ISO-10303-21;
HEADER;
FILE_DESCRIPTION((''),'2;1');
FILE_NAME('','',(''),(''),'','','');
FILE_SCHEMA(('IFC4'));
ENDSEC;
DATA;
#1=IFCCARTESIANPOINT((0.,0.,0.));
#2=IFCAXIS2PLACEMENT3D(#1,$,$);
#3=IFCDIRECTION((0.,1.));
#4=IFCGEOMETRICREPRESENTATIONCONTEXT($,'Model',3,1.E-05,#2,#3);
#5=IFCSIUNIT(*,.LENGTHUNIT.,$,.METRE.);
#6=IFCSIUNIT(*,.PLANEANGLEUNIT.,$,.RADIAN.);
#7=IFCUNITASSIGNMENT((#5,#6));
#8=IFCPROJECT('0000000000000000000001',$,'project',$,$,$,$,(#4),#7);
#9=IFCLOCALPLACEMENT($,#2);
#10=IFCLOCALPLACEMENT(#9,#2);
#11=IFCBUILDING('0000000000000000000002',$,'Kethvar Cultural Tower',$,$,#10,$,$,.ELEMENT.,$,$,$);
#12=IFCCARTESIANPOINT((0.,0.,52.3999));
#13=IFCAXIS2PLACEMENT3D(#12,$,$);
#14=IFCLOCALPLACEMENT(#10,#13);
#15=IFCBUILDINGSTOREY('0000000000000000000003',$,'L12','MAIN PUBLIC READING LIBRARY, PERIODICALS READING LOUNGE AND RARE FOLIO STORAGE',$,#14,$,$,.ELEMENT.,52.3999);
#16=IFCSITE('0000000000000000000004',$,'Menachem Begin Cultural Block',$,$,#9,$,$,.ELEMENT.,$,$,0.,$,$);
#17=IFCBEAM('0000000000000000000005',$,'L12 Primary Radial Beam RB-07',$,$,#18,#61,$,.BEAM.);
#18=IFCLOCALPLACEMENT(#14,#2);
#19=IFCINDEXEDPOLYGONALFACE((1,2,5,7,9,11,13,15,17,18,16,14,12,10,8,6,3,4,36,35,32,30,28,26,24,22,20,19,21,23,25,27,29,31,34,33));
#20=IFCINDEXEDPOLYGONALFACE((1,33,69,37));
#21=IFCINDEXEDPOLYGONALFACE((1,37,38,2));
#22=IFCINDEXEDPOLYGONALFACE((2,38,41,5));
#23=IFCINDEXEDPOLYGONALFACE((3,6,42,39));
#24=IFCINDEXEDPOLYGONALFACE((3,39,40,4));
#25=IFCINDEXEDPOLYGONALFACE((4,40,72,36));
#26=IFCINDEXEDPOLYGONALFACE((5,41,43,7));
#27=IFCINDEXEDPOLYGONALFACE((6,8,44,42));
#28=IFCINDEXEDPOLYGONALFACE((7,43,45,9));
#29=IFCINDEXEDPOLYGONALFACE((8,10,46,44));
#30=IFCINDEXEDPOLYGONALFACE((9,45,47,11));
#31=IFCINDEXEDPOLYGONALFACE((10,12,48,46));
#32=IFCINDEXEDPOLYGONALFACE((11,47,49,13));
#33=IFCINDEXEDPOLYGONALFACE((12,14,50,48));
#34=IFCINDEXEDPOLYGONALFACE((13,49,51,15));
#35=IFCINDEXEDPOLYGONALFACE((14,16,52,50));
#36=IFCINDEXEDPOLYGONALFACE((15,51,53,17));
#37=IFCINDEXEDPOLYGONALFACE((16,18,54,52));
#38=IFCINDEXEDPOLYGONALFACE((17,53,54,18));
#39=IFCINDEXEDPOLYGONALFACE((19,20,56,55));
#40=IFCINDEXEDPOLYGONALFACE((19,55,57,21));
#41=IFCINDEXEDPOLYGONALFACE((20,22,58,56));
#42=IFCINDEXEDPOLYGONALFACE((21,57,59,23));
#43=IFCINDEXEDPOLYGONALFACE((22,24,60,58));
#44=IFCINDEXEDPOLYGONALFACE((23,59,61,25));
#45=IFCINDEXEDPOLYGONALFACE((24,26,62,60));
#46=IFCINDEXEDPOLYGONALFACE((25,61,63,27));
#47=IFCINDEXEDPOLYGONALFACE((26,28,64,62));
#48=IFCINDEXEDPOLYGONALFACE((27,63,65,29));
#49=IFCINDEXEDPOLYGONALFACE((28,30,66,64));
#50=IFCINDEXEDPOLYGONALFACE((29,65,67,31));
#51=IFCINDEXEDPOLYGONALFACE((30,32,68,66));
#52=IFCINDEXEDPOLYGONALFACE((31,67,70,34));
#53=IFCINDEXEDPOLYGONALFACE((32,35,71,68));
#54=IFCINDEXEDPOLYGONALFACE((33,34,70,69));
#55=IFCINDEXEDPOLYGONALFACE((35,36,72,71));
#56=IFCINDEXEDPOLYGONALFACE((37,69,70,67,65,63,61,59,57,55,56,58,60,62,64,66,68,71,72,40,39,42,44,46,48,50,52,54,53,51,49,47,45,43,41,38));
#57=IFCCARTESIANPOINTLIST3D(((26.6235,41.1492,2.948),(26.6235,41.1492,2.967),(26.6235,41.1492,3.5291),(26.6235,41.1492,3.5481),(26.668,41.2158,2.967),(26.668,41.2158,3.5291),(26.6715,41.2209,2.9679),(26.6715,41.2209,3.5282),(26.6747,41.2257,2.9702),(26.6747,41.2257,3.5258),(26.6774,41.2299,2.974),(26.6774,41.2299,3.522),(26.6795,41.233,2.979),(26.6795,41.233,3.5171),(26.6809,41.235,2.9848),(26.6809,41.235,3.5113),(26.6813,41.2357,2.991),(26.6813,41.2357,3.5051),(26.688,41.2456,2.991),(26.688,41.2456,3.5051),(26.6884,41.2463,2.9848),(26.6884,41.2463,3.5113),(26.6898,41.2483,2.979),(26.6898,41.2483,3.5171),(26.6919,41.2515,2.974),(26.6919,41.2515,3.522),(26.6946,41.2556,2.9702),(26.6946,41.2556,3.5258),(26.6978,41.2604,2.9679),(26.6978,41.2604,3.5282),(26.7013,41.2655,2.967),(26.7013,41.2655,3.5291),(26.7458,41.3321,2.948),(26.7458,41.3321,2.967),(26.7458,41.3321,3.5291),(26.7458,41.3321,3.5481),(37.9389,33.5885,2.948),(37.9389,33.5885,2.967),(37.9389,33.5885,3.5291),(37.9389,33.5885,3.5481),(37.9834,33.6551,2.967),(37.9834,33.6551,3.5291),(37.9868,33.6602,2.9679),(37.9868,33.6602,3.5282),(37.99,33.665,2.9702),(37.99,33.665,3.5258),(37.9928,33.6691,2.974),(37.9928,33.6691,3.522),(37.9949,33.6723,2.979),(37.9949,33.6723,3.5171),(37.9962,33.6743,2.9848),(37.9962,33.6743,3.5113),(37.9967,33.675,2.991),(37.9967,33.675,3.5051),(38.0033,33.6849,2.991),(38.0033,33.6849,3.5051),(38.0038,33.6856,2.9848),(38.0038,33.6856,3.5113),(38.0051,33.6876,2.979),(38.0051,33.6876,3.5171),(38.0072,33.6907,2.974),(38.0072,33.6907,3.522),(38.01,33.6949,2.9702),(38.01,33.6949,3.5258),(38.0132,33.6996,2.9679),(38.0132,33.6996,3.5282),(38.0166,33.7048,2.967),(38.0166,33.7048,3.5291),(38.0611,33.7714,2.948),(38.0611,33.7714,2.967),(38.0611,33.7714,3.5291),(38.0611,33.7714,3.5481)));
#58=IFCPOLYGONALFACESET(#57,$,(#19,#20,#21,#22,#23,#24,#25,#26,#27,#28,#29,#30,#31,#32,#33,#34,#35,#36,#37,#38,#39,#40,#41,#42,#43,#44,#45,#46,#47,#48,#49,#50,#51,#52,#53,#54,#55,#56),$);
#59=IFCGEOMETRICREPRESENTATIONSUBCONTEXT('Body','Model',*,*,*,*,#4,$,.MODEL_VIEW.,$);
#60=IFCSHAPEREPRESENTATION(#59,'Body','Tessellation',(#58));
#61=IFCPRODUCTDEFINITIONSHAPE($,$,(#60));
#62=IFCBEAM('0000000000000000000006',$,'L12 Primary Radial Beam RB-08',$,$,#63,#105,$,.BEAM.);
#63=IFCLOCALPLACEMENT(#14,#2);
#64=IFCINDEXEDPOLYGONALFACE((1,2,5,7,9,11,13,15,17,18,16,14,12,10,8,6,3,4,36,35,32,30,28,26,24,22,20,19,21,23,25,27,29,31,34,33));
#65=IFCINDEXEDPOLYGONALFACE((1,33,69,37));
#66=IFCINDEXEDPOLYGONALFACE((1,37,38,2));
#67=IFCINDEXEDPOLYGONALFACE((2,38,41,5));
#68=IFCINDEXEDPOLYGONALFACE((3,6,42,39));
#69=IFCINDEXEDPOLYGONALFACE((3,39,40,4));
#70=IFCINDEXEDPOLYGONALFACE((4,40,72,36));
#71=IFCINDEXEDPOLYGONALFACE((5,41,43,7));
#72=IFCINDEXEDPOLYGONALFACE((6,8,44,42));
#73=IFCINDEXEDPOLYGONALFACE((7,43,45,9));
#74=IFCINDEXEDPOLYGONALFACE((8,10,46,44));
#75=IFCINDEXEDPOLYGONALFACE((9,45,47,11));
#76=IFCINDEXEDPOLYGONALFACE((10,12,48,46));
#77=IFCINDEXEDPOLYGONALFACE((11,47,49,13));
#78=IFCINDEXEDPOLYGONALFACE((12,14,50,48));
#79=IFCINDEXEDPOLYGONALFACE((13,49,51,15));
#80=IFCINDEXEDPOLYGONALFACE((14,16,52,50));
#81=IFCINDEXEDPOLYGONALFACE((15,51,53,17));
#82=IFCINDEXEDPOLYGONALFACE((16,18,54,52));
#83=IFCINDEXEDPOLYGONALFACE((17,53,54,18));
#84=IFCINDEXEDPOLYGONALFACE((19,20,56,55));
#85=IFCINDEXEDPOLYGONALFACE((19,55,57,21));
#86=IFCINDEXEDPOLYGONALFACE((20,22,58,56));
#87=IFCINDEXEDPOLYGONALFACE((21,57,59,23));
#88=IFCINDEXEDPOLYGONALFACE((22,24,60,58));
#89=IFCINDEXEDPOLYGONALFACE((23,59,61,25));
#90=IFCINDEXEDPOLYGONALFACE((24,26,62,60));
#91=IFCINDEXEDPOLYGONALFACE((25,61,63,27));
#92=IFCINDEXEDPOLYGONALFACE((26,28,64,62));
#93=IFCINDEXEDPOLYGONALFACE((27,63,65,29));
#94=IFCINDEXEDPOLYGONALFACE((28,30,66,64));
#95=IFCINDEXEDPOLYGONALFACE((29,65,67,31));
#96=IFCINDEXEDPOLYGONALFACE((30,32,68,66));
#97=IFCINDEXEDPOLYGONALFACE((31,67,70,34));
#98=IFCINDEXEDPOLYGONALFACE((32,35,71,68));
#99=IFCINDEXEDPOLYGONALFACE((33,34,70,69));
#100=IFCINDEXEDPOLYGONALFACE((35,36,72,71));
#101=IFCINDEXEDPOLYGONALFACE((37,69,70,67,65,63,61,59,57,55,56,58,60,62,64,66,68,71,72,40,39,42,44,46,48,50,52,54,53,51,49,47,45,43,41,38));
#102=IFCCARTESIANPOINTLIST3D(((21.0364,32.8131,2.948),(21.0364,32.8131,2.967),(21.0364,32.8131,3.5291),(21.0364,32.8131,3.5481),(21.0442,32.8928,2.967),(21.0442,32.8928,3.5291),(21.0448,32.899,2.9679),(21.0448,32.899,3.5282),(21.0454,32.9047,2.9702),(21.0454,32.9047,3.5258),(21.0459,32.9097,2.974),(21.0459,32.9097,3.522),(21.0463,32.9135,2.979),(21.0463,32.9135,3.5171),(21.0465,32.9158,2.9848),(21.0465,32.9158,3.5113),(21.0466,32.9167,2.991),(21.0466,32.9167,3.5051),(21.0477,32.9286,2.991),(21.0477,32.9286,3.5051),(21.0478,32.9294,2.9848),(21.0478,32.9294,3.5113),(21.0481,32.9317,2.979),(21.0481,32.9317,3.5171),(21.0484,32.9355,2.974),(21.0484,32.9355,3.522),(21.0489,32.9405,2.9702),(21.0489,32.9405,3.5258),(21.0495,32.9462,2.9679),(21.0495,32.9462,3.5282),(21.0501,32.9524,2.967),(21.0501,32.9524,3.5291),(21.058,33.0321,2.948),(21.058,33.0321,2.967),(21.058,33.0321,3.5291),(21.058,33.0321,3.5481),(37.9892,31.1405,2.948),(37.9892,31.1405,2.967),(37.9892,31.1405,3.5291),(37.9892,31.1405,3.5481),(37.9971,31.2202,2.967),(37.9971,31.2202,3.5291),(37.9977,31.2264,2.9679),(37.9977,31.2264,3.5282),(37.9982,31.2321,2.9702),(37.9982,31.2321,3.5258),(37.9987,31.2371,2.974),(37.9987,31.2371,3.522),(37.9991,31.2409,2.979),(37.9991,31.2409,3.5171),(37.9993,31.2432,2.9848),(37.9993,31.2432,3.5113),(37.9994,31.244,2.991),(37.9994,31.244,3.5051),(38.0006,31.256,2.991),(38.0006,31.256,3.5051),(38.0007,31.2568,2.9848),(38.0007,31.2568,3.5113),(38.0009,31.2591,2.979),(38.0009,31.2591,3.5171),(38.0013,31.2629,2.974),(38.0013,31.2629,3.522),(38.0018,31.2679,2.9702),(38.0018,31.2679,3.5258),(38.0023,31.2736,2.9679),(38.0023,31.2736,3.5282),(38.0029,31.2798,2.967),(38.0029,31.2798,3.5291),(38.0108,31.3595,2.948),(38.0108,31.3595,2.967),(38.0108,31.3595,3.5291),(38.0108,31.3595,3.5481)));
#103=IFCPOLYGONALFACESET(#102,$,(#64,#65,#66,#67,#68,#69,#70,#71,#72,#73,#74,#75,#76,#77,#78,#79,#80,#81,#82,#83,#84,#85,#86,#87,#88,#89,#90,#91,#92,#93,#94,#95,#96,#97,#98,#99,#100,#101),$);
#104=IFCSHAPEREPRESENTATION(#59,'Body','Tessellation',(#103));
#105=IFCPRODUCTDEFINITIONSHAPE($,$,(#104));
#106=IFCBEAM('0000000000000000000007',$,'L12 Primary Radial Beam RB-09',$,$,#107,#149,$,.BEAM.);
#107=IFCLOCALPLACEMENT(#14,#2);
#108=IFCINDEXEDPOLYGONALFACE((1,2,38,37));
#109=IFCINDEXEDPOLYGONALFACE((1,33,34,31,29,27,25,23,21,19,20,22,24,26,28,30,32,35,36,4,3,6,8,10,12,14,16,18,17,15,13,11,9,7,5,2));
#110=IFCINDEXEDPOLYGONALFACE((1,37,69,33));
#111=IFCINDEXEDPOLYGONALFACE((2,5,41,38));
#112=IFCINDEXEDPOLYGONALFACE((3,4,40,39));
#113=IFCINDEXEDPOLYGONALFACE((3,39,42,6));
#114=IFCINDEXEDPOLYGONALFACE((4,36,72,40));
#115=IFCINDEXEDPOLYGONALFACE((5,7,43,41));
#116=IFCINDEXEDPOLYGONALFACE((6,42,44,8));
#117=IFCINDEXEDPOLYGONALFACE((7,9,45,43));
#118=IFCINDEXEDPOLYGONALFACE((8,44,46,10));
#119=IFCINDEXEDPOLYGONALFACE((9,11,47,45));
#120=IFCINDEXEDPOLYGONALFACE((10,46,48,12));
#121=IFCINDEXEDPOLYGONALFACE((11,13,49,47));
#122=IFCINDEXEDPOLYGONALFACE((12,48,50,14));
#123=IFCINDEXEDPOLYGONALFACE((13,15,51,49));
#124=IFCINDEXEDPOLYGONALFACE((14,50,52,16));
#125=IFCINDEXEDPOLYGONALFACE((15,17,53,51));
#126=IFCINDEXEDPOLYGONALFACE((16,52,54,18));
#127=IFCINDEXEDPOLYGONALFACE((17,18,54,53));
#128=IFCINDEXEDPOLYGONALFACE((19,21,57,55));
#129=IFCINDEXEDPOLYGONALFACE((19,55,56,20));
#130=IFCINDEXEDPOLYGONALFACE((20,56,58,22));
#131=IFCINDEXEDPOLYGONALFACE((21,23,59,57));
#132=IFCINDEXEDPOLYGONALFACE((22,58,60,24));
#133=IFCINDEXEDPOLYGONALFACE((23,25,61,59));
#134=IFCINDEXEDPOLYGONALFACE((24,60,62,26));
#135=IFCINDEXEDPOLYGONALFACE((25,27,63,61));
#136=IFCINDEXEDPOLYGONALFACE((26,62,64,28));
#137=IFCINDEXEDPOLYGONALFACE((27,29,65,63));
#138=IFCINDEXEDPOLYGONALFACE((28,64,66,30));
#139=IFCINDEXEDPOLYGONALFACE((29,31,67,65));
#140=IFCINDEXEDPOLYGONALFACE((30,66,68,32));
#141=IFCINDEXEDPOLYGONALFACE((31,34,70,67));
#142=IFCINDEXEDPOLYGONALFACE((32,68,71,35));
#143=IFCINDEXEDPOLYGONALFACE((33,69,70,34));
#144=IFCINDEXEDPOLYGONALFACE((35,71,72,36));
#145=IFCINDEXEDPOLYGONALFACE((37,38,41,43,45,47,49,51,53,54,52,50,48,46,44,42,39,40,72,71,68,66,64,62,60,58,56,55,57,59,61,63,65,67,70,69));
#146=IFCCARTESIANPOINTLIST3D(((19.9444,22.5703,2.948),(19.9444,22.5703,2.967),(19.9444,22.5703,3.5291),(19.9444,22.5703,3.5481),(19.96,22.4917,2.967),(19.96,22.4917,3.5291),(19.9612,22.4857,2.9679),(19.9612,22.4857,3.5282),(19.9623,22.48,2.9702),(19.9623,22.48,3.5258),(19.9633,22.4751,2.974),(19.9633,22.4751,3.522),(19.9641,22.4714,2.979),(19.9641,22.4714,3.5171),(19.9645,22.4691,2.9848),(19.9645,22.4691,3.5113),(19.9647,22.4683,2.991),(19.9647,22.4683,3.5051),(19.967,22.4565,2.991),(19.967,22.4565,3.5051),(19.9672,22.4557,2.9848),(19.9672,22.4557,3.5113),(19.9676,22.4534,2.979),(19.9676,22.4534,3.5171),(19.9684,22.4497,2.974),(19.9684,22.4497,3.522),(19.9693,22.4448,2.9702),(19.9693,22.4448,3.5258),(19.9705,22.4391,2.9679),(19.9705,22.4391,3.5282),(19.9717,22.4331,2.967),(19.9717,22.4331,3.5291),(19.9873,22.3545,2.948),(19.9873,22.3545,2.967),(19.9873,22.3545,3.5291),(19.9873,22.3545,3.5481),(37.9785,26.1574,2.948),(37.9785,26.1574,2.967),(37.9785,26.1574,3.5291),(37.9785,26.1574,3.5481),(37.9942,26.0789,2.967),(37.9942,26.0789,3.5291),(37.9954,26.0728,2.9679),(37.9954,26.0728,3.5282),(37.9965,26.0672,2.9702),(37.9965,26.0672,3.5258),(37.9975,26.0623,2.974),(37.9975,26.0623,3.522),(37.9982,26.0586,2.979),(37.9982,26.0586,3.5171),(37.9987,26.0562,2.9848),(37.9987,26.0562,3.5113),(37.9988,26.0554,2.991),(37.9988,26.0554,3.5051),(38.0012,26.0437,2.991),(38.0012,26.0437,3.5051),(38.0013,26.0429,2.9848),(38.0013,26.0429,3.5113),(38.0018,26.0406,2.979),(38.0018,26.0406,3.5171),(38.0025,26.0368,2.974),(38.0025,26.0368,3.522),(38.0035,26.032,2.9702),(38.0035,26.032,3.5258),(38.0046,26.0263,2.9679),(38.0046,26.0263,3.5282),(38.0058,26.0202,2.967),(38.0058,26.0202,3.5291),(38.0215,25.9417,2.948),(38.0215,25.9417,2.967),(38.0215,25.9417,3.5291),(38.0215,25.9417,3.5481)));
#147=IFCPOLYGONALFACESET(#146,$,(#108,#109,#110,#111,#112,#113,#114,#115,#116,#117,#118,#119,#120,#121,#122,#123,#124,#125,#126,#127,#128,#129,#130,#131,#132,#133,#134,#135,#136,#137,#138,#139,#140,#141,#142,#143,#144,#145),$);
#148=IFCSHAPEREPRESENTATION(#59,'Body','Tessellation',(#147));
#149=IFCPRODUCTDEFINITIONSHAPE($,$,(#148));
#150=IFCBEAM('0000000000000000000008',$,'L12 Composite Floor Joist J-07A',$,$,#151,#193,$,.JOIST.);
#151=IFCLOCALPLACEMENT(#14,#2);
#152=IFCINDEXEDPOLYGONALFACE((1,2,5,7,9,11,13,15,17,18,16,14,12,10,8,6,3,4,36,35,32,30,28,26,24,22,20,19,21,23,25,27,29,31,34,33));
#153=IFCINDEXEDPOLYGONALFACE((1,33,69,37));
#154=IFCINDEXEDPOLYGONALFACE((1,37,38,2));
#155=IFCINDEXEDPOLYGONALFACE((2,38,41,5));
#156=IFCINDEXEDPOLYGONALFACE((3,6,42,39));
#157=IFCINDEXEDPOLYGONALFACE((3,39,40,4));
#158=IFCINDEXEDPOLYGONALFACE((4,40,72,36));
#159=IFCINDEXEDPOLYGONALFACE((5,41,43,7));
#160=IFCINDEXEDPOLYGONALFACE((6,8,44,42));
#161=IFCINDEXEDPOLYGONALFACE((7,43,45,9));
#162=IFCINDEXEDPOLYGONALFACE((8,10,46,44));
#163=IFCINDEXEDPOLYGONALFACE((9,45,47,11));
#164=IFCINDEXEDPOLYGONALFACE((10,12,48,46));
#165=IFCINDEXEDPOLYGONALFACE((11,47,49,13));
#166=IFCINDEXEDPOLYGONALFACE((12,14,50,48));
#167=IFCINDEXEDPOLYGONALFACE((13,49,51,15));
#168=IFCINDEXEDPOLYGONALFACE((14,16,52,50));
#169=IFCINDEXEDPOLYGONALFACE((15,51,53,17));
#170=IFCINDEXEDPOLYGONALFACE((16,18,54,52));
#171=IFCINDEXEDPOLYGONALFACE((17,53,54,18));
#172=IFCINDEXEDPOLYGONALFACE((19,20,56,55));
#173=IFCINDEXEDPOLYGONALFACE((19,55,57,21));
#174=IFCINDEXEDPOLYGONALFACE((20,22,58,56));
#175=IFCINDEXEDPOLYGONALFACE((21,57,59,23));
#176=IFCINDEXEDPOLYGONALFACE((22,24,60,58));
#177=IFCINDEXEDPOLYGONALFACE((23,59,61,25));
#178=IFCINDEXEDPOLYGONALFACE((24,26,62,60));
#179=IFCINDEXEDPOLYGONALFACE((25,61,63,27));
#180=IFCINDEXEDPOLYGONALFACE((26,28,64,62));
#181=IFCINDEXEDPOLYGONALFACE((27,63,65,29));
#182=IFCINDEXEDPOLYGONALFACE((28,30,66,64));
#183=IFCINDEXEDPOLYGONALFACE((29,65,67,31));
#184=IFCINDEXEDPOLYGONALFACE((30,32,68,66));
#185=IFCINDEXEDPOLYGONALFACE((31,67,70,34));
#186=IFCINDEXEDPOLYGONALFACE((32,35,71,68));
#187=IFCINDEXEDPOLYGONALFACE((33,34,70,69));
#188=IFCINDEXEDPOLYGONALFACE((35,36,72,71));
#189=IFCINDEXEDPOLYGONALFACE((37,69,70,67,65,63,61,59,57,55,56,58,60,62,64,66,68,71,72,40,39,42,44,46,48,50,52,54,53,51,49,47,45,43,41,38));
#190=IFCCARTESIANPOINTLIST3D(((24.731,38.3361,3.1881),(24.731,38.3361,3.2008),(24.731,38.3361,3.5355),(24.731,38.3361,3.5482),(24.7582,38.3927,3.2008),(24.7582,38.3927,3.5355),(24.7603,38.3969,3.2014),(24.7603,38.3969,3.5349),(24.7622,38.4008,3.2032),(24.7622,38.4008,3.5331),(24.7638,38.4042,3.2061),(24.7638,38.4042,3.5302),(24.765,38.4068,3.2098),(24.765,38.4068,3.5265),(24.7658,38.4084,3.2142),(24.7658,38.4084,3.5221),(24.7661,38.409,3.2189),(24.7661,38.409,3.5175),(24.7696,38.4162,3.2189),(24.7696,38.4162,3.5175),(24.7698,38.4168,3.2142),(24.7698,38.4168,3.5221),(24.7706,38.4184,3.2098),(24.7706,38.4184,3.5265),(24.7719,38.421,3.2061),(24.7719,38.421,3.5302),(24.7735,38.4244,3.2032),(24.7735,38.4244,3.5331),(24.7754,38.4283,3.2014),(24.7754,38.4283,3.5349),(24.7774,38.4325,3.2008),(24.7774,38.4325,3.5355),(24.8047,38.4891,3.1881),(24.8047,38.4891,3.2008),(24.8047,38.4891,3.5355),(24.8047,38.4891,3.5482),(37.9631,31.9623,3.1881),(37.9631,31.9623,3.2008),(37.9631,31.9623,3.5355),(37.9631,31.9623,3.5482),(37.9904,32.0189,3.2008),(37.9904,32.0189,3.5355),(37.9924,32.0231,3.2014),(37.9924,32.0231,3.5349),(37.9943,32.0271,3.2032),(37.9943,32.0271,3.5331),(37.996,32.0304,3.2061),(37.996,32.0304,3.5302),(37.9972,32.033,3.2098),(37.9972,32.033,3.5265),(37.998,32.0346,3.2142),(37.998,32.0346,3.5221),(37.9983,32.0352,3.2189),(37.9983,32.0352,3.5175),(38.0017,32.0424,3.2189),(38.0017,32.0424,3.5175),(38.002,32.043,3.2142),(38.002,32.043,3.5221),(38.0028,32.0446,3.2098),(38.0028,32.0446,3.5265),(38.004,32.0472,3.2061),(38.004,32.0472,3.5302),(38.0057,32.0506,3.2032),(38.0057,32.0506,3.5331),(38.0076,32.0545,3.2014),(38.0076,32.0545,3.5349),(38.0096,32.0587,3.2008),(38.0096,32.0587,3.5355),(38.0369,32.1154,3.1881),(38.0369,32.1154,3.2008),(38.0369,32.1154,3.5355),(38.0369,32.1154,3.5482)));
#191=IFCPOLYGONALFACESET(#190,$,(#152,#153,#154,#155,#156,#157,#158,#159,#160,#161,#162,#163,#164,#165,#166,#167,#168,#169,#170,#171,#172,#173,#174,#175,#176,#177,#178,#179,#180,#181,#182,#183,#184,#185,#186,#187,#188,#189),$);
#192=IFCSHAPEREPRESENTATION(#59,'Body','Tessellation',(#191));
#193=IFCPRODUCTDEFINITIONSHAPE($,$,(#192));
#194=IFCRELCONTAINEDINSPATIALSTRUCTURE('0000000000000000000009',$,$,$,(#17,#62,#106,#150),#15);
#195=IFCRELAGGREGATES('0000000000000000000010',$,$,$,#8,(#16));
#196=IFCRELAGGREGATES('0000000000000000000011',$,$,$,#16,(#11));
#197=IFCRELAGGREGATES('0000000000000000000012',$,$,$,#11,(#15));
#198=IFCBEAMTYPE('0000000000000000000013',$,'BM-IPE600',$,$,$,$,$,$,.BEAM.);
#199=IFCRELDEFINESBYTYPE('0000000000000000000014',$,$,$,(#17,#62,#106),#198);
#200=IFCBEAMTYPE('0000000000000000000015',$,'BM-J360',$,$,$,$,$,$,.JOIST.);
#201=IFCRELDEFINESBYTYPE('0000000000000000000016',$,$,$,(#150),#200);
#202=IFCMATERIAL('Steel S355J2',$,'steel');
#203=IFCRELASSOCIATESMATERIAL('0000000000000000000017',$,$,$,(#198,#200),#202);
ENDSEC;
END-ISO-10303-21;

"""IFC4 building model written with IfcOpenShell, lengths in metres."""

from ifc_helpers import new_model, si_unit, direction, frame, origin, origin_2d, place, context, subcontext, project, spatial, i_section, extrude, source, transform, mapped, material, material_profile, profile_set, type_object, element, save


model = new_model("IFC4")

# Units and contexts
model_context = context("Model", 3, precision=1e-05, world=origin(), true_north=direction((0.0, 1.0)))
body_context = subcontext(model_context, "Body", "Model", "MODEL_VIEW")
ifc_project = project(units=[si_unit("LENGTHUNIT", "METRE"), si_unit("PLANEANGLEUNIT", "RADIAN")], contexts=[model_context])

# Site, building, storey
site_placement = place(None, origin())
site = spatial("IfcSite", under=ifc_project, at=site_placement, Name="Menachem Begin Cultural Block", CompositionType="ELEMENT", RefElevation=0.0)
building_placement = place(site_placement, origin())
building = spatial("IfcBuilding", under=site, at=building_placement, Name="Kethvar Cultural Tower", CompositionType="ELEMENT")
storey_placement = place(building_placement, frame((0.0, 0.0, 52.3999)))
storey = spatial("IfcBuildingStorey", under=building, at=storey_placement, Name="L12", Description="MAIN PUBLIC READING LIBRARY, PERIODICALS READING LOUNGE AND RARE FOLIO STORAGE", CompositionType="ELEMENT", Elevation=52.3999)

# Beams
ifc_material_1 = material(Name="Steel S355J2", Category="steel")
ifc_material_profile_1 = material_profile(ifc_material_1, i_section(OverallWidth=0.22, OverallDepth=0.6001, WebThickness=0.012, FlangeThickness=0.019, FilletRadius=0.0239, at=origin_2d()), Name="Steel S355J2 — IPE600")
ifc_profile_set_1 = profile_set([ifc_material_profile_1], Name="Steel S355J2 — IPE600")
beam_type_1 = type_object("IfcBeamType", Name="BM-IPE600", PredefinedType="BEAM", material=ifc_profile_set_1)
shared_shape_1 = source(origin(), body_context, "Body", "SweptSolid", [
    extrude(i_section(OverallWidth=0.22, OverallDepth=0.6001, WebThickness=0.012, FlangeThickness=0.019, FilletRadius=0.0239, at=origin_2d()), origin(), (0.0, 0.0, 1.0), 13.6089),
])
beam_1_placement = place(storey_placement, frame((38.0, 33.6799, 3.248), z_axis=(-0.831467, 0.555573, 0.0), x_axis=(-0.555573, -0.831467, 0.0)))
element("IfcBeam", 1, at=beam_1_placement, inside=storey, type_object=beam_type_1, Name="L12 Primary Radial Beam RB-07", PredefinedType="BEAM", context=body_context, shape_type="MappedRepresentation", body=[
    mapped(shared_shape_1, transform((0.0, 0.0, 0.0), scale=1.0)),
])
shared_shape_2 = source(origin(), body_context, "Body", "SweptSolid", [
    extrude(i_section(OverallWidth=0.22, OverallDepth=0.6001, WebThickness=0.012, FlangeThickness=0.019, FilletRadius=0.0239, at=origin_2d()), origin(), (0.0, 0.0, 1.0), 17.0352),
])
beam_2_placement = place(storey_placement, frame((38.0, 31.25, 3.248), z_axis=(-0.995168, 0.098185, 0.0), x_axis=(-0.098185, -0.995168, 0.0)))
element("IfcBeam", 2, at=beam_2_placement, inside=storey, type_object=beam_type_1, Name="L12 Primary Radial Beam RB-08", PredefinedType="BEAM", context=body_context, shape_type="MappedRepresentation", body=[
    mapped(shared_shape_2, transform((0.0, 0.0, 0.0), scale=1.0)),
])
shared_shape_3 = source(origin(), body_context, "Body", "SweptSolid", [
    extrude(i_section(OverallWidth=0.22, OverallDepth=0.6001, WebThickness=0.012, FlangeThickness=0.019, FilletRadius=0.0239, at=origin_2d()), origin(), (0.0, 0.0, 1.0), 18.3875),
])
beam_3_placement = place(storey_placement, frame((38.0, 26.0496, 3.248), z_axis=(-0.980786, -0.195087, 0.0), x_axis=(0.195087, -0.980786, 0.0)))
element("IfcBeam", 3, at=beam_3_placement, inside=storey, type_object=beam_type_1, Name="L12 Primary Radial Beam RB-09", PredefinedType="BEAM", context=body_context, shape_type="MappedRepresentation", body=[
    mapped(shared_shape_3, transform((0.0, 0.0, 0.0), scale=1.0)),
])
ifc_material_profile_2 = material_profile(ifc_material_1, i_section(OverallWidth=0.1699, OverallDepth=0.3601, WebThickness=0.0081, FlangeThickness=0.0127, FilletRadius=0.0181, at=origin_2d()), Name="Steel S355J2 — IPE360")
ifc_profile_set_2 = profile_set([ifc_material_profile_2], Name="Steel S355J2 — IPE360")
beam_type_2 = type_object("IfcBeamType", Name="BM-J360", PredefinedType="JOIST", material=ifc_profile_set_2)
shared_shape_4 = source(origin(), body_context, "Body", "SweptSolid", [
    extrude(i_section(OverallWidth=0.1699, OverallDepth=0.3601, WebThickness=0.0081, FlangeThickness=0.0127, FilletRadius=0.0181, at=origin_2d()), origin(), (0.0, 0.0, 1.0), 14.6873),
])
beam_4_placement = place(storey_placement, frame((38.0, 32.0388, 3.3682), z_axis=(-0.900929, 0.433967, 0.0), x_axis=(-0.433967, -0.900929, 0.0)))
element("IfcBeam", 4, at=beam_4_placement, inside=storey, type_object=beam_type_2, Name="L12 Composite Floor Joist J-07A", PredefinedType="JOIST", context=body_context, shape_type="MappedRepresentation", body=[
    mapped(shared_shape_4, transform((0.0, 0.0, 0.0), scale=1.0)),
])

save(model, "model.ifc")
